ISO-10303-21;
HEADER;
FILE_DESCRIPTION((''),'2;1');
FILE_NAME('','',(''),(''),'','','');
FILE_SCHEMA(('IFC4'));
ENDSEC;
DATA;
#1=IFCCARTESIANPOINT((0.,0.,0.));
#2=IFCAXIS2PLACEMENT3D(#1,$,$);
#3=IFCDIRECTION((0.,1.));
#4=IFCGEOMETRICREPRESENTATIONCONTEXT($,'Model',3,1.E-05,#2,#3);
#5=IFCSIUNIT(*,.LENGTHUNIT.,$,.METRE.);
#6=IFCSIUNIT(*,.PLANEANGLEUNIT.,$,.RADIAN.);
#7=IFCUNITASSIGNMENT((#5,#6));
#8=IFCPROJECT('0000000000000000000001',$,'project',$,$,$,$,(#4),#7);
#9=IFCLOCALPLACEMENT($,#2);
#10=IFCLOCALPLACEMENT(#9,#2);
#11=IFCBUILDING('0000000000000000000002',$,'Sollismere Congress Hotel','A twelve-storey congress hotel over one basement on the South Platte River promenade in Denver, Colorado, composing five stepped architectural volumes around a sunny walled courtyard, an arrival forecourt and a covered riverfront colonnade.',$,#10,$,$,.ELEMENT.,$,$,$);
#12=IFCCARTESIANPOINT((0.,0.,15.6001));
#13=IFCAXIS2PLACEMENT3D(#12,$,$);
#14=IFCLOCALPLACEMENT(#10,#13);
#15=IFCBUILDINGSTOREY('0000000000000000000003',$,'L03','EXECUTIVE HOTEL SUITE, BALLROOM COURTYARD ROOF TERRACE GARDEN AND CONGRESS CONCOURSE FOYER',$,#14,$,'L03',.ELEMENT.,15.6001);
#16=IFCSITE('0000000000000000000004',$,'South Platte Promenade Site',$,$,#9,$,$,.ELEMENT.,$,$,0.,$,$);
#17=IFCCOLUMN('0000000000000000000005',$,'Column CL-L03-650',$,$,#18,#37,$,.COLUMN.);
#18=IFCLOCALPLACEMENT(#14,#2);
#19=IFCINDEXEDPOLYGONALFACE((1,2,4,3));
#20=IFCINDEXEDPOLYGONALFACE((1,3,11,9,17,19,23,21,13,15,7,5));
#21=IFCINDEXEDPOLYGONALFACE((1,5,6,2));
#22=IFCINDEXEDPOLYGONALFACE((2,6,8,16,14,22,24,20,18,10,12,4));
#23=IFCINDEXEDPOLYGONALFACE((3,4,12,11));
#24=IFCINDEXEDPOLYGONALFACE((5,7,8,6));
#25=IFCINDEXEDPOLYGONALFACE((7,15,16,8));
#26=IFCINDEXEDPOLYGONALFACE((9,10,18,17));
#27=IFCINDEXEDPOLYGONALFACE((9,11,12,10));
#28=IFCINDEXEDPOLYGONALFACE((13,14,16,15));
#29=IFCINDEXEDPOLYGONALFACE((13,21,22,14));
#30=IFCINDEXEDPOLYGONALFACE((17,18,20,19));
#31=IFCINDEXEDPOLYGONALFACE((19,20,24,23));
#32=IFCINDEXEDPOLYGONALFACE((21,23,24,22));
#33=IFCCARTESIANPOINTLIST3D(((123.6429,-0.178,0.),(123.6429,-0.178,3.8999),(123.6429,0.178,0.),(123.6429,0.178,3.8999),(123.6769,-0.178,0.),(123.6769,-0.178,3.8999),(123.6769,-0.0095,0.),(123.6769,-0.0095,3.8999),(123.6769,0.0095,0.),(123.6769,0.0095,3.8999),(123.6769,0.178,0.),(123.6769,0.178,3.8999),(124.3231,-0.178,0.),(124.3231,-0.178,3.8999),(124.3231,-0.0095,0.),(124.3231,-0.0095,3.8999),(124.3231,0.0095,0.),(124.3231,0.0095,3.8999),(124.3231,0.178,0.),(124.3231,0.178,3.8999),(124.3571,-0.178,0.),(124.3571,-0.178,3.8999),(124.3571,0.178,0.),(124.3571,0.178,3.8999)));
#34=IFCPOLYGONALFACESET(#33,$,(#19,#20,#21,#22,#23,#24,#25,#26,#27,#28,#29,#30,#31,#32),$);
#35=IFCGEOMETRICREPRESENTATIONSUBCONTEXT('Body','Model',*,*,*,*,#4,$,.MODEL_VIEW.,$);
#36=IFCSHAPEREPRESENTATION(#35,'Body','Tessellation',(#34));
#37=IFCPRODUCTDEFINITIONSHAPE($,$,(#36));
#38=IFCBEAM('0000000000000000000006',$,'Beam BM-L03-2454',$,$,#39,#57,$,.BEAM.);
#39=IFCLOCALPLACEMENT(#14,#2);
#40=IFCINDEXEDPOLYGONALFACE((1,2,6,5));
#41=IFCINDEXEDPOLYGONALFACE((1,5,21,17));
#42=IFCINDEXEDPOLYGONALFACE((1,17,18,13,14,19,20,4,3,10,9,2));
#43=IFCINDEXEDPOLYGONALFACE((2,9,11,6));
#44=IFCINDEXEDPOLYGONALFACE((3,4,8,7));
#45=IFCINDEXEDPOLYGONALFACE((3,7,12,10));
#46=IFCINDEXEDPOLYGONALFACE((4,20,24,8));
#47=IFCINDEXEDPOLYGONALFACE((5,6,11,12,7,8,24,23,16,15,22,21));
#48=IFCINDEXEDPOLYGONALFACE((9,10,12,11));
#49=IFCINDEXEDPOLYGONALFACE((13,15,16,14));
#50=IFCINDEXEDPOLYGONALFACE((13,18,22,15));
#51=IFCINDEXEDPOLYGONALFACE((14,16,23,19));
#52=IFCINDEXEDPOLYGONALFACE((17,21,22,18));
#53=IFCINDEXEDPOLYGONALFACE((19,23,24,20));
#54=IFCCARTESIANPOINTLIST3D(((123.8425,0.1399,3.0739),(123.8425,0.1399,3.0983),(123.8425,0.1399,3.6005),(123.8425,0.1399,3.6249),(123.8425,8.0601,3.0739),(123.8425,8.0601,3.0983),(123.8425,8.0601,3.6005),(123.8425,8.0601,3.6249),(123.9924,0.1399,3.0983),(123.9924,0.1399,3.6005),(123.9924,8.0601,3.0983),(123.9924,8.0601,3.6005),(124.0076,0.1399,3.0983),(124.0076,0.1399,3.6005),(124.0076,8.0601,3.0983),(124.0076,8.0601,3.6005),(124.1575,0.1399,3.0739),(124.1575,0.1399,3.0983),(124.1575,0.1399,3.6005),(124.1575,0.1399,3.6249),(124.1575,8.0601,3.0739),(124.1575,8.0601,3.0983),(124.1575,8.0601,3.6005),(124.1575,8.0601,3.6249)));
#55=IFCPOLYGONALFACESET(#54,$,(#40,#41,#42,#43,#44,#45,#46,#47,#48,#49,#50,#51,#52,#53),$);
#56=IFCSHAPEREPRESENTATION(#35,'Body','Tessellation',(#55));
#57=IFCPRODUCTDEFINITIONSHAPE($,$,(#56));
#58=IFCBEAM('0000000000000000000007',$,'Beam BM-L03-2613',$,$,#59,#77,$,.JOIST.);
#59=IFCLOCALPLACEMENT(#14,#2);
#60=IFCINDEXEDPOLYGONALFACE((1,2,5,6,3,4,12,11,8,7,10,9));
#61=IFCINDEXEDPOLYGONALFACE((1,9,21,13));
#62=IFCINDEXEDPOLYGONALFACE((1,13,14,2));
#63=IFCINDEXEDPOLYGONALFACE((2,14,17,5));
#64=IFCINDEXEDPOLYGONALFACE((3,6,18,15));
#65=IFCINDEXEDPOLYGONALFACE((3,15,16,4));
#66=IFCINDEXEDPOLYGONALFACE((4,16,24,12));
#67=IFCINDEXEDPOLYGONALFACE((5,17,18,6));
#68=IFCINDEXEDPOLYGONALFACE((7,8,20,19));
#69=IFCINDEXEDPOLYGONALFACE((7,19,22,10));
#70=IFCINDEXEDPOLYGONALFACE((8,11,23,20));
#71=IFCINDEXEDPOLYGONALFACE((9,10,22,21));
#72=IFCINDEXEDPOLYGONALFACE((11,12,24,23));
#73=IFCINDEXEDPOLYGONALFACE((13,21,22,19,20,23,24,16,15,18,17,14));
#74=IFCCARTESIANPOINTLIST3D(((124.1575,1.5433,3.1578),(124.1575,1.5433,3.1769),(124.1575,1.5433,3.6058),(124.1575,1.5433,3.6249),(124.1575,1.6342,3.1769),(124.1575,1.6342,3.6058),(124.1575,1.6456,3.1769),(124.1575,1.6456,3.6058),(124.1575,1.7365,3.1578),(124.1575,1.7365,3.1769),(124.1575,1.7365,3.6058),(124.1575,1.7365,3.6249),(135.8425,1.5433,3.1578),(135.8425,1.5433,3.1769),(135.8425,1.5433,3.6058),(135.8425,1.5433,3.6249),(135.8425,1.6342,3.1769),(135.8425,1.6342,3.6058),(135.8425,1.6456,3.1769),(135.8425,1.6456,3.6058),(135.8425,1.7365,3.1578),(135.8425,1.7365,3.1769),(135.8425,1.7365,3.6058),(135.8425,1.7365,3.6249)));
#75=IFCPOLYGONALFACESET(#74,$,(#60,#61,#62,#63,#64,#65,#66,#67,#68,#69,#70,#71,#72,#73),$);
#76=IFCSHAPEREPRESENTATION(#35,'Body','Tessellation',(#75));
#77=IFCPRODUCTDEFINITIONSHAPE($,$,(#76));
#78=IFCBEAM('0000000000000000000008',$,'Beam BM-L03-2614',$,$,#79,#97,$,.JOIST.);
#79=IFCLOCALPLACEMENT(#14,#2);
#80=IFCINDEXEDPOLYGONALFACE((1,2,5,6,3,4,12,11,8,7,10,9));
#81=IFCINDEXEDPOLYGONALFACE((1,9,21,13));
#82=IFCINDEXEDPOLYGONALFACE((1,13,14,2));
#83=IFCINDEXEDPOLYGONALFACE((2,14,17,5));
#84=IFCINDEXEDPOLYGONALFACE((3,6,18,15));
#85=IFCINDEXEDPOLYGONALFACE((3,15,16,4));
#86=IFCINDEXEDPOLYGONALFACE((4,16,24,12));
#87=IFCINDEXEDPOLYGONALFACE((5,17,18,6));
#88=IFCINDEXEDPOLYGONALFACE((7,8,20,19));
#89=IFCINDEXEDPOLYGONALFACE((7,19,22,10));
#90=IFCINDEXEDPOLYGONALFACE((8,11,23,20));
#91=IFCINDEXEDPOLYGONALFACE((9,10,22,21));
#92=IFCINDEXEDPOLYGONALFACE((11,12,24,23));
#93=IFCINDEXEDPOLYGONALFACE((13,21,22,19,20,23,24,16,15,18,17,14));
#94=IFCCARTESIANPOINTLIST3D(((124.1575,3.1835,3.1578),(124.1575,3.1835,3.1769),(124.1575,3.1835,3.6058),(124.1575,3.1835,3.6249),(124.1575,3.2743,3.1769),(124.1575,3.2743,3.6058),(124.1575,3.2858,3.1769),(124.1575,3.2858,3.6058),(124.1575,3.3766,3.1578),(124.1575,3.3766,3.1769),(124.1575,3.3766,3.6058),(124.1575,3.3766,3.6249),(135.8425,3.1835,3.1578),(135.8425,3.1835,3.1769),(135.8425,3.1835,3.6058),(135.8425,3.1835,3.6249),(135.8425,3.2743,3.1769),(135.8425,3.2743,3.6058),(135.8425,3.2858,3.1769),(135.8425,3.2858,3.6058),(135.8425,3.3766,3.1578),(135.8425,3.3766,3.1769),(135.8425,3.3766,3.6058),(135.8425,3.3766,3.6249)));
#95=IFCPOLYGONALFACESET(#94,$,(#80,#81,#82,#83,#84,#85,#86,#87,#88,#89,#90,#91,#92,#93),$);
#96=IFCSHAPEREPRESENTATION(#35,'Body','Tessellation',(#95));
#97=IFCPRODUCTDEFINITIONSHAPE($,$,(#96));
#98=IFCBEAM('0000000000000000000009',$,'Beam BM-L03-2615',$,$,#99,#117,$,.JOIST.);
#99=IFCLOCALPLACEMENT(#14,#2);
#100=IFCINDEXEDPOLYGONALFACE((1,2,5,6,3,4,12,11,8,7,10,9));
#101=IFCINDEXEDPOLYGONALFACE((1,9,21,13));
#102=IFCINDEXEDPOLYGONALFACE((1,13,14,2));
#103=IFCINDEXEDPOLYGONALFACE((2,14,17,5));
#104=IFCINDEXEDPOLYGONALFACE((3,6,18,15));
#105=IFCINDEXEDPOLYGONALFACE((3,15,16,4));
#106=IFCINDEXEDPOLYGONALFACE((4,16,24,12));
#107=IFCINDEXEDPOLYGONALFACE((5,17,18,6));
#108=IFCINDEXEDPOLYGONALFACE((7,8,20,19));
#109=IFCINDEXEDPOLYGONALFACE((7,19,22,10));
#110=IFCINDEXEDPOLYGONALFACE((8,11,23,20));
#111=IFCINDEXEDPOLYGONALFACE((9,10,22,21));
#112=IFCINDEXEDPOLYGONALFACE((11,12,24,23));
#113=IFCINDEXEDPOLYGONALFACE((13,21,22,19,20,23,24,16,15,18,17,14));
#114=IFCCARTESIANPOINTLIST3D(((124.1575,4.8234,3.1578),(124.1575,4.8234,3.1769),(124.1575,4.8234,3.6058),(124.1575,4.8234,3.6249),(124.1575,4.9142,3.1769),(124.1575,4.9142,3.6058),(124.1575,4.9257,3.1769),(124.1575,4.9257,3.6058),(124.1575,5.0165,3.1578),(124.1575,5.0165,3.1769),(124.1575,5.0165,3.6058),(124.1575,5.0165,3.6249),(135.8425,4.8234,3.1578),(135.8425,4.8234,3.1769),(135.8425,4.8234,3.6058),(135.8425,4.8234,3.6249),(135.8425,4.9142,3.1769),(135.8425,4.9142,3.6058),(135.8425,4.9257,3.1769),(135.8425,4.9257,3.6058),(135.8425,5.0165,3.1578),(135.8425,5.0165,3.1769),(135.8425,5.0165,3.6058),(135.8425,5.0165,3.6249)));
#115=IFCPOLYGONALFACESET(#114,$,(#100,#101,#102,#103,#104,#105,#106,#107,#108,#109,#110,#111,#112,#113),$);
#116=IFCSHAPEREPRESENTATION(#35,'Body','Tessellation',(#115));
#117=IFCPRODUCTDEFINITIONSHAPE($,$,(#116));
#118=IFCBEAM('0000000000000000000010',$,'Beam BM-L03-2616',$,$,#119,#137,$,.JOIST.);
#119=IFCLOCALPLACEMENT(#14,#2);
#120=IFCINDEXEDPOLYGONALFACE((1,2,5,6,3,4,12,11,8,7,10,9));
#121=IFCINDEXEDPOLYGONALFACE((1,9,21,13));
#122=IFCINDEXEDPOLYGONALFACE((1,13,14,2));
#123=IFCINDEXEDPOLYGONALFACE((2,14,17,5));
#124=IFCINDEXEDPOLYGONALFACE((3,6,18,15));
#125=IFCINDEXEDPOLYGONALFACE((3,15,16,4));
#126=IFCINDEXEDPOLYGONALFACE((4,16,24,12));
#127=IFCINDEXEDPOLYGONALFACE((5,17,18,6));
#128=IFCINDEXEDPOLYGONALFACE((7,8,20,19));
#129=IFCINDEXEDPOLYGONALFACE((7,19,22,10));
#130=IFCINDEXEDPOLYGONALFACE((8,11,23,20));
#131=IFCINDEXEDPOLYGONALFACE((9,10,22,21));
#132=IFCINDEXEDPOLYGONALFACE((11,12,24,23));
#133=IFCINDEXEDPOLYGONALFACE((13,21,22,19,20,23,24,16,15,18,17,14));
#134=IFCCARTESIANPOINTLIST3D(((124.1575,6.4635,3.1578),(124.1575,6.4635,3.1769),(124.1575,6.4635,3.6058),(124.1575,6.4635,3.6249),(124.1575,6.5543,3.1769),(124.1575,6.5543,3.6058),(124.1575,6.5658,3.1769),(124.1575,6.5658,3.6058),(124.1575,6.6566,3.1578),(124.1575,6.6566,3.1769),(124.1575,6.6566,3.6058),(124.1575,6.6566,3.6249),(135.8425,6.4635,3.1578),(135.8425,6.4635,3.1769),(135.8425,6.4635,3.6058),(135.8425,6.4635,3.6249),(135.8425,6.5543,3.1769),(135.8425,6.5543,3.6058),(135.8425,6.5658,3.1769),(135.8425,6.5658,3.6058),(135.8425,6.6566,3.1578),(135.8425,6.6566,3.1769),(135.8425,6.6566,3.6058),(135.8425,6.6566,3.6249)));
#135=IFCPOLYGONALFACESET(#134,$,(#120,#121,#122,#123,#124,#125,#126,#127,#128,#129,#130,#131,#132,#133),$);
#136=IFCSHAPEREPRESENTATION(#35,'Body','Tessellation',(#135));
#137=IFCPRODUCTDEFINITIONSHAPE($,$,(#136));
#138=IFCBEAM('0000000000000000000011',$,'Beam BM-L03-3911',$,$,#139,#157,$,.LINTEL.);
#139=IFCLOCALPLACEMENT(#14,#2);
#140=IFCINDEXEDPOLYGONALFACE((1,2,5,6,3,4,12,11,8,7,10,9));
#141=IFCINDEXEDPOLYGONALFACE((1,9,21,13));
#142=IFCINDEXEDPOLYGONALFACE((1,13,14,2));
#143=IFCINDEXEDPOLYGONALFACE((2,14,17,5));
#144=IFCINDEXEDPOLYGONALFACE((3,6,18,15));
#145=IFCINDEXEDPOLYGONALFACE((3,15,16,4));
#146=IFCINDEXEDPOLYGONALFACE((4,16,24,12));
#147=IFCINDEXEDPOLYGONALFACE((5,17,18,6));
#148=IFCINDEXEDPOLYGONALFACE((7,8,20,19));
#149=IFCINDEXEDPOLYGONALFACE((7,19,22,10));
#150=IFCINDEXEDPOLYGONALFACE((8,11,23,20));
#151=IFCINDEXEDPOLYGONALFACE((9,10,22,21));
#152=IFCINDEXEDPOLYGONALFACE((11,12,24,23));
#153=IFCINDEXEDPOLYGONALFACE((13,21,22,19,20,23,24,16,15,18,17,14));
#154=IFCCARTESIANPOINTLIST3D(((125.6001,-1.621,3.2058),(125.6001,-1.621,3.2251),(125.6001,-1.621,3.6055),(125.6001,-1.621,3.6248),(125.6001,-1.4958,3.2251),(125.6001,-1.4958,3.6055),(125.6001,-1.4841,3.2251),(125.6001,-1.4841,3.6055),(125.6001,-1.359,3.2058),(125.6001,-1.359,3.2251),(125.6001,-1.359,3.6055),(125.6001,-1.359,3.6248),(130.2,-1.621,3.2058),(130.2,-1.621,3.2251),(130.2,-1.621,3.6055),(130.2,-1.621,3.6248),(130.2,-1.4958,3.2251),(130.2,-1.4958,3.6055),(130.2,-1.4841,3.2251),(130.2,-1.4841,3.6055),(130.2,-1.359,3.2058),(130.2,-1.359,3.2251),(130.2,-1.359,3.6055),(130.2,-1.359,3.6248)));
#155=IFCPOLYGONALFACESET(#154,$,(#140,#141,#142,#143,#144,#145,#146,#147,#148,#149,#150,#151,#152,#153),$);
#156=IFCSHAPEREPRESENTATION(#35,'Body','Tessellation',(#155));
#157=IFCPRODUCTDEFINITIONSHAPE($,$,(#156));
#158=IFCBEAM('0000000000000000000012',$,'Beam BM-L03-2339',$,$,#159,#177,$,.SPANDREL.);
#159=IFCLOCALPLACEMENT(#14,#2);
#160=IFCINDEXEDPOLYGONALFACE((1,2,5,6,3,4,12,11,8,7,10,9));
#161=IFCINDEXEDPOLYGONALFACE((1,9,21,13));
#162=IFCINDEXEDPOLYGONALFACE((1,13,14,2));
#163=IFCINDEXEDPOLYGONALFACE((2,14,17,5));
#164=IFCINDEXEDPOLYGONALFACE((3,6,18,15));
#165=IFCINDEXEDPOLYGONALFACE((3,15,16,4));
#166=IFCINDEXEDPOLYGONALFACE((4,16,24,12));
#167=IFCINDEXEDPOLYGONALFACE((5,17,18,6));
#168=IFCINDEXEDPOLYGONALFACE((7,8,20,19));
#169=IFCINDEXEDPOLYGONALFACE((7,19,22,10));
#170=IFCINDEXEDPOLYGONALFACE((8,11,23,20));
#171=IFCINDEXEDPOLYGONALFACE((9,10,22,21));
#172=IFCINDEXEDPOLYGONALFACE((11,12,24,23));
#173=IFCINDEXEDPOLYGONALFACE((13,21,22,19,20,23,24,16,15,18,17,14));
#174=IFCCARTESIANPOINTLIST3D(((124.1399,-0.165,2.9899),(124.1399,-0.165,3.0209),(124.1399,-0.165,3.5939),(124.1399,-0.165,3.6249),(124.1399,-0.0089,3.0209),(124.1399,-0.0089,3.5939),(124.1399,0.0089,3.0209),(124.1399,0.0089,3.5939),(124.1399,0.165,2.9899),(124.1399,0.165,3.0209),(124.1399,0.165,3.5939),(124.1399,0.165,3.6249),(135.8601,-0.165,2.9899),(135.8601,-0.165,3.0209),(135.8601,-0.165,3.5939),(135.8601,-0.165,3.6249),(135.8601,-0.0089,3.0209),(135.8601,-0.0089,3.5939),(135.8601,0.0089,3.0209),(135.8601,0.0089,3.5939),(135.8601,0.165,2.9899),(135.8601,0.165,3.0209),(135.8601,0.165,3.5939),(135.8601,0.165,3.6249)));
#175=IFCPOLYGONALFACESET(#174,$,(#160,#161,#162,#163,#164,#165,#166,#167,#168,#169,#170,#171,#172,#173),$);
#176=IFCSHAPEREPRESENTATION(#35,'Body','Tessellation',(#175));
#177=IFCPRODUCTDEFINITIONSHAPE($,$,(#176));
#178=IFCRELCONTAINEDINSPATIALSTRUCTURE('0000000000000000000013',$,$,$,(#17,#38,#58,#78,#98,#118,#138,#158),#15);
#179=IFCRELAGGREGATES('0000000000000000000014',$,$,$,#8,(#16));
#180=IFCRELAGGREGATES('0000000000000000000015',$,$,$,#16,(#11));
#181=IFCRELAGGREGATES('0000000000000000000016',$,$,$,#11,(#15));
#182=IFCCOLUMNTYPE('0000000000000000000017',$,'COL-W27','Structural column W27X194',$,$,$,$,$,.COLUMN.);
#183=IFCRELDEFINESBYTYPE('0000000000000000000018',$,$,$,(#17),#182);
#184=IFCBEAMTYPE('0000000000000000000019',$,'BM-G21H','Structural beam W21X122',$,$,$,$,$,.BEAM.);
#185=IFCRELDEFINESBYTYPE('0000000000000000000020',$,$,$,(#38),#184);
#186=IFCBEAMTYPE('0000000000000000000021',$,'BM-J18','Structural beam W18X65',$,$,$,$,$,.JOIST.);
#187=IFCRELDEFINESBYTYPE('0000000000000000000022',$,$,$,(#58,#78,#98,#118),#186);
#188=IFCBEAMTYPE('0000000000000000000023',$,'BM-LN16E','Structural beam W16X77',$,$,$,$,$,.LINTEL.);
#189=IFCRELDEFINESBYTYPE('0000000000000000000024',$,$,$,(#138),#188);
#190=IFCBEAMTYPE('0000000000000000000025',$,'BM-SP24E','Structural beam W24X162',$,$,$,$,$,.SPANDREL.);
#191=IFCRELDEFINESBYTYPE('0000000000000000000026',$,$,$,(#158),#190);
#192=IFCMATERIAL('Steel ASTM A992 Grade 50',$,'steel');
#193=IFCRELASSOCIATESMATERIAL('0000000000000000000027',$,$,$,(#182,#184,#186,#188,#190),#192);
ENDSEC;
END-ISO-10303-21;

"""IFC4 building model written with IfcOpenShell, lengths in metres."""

from ifc_helpers import new_model, si_unit, direction, frame, origin, origin_2d, place, context, subcontext, project, spatial, i_section, extrude, material, material_profile, profile_set, type_object, element, save


model = new_model("IFC4")

# Units and contexts
model_context = context("Model", 3, precision=1e-05, world=origin(), true_north=direction((0.0, 1.0)))
body_context = subcontext(model_context, "Body", "Model", "MODEL_VIEW")
ifc_project = project(units=[si_unit("LENGTHUNIT", "METRE"), si_unit("PLANEANGLEUNIT", "RADIAN")], contexts=[model_context])

# Site, building, storey
site_placement = place(None, origin())
site = spatial("IfcSite", under=ifc_project, at=site_placement, Name="South Platte Promenade Site", CompositionType="ELEMENT", RefElevation=0.0)
building_placement = place(site_placement, origin())
building = spatial("IfcBuilding", under=site, at=building_placement, Name="Sollismere Congress Hotel", Description="A twelve-storey congress hotel over one basement on the South Platte River promenade in Denver, Colorado, composing five stepped architectural volumes around a sunny walled courtyard, an arrival forecourt and a covered riverfront colonnade.", CompositionType="ELEMENT")
storey_placement = place(building_placement, frame((0.0, 0.0, 15.6001)))
storey = spatial("IfcBuildingStorey", under=building, at=storey_placement, Name="L03", Description="EXECUTIVE HOTEL SUITE, BALLROOM COURTYARD ROOF TERRACE GARDEN AND CONGRESS CONCOURSE FOYER", LongName="L03", CompositionType="ELEMENT", Elevation=15.6001)

# Column
ifc_material_1 = material(Name="Steel ASTM A992 Grade 50", Category="steel")
ifc_material_profile_1 = material_profile(ifc_material_1, i_section(OverallWidth=0.356, OverallDepth=0.7141, WebThickness=0.019, FlangeThickness=0.0339, at=origin_2d()), Name="W27X194")
ifc_profile_set_1 = profile_set([ifc_material_profile_1], Name="Steel ASTM A992 Grade 50")
column_type = type_object("IfcColumnType", Name="COL-W27", Description="Structural column W27X194", PredefinedType="COLUMN", material=ifc_profile_set_1)
column_placement = place(storey_placement, frame((124.0, 0.0, 0.0), z_axis=(0.0, 0.0, 1.0), x_axis=(0.0, 1.0, 0.0)))
element("IfcColumn", 1, at=column_placement, inside=storey, type_object=column_type, Name="Column CL-L03-650", PredefinedType="COLUMN", context=body_context, shape_type="SweptSolid", body=[
    extrude(i_section(OverallWidth=0.356, OverallDepth=0.7141, WebThickness=0.019, FlangeThickness=0.0339, at=origin_2d()), origin(), (0.0, 0.0, 1.0), 3.8999),
])

# Beams
ifc_material_profile_2 = material_profile(ifc_material_1, i_section(OverallWidth=0.3149, OverallDepth=0.551, WebThickness=0.0151, FlangeThickness=0.0244, at=origin_2d()), Name="W21X122")
ifc_profile_set_2 = profile_set([ifc_material_profile_2], Name="Steel ASTM A992 Grade 50")
beam_type_1 = type_object("IfcBeamType", Name="BM-G21H", Description="Structural beam W21X122", PredefinedType="BEAM", material=ifc_profile_set_2)
beam_1_placement = place(storey_placement, frame((124.0, 0.1399, 3.3494), z_axis=(0.0, 1.0, 0.0), x_axis=(-1.0, 0.0, 0.0)))
element("IfcBeam", 2, at=beam_1_placement, inside=storey, type_object=beam_type_1, Name="Beam BM-L03-2454", PredefinedType="BEAM", context=body_context, shape_type="SweptSolid", body=[
    extrude(i_section(OverallWidth=0.3149, OverallDepth=0.551, WebThickness=0.0151, FlangeThickness=0.0244, at=origin_2d()), origin(), (0.0, 0.0, 1.0), 7.9202),
])
ifc_material_profile_3 = material_profile(ifc_material_1, i_section(OverallWidth=0.1931, OverallDepth=0.467, WebThickness=0.0115, FlangeThickness=0.019, at=origin_2d()), Name="W18X65")
ifc_profile_set_3 = profile_set([ifc_material_profile_3], Name="Steel ASTM A992 Grade 50")
beam_type_2 = type_object("IfcBeamType", Name="BM-J18", Description="Structural beam W18X65", PredefinedType="JOIST", material=ifc_profile_set_3)
for number, where, z_axis, x_axis, name in (
    (3, (124.1575, 1.6399, 3.3914), (1.0, 0.0, 0.0), (0.0, 1.0, 0.0), "Beam BM-L03-2613"),
    (4, (124.1575, 3.28, 3.3914), (1.0, 0.0, 0.0), (0.0, 1.0, 0.0), "Beam BM-L03-2614"),
    (5, (124.1575, 4.9199, 3.3914), (1.0, 0.0, 0.0), (0.0, 1.0, 0.0), "Beam BM-L03-2615"),
    (6, (124.1575, 6.5601, 3.3914), (1.0, 0.0, 0.0), (0.0, 1.0, 0.0), "Beam BM-L03-2616"),
):
    element("IfcBeam", number, at=place(storey_placement, frame(where, z_axis=z_axis, x_axis=x_axis)), inside=storey, type_object=beam_type_2, Name=name, PredefinedType="JOIST", context=body_context, shape_type="SweptSolid", body=[
        extrude(i_section(OverallWidth=0.1931, OverallDepth=0.467, WebThickness=0.0115, FlangeThickness=0.019, at=origin_2d()), origin(), (0.0, 0.0, 1.0), 11.6851),
    ])
ifc_material_profile_4 = material_profile(ifc_material_1, i_section(OverallWidth=0.262, OverallDepth=0.4189, WebThickness=0.0117, FlangeThickness=0.0193, at=origin_2d()), Name="W16X77")
ifc_profile_set_4 = profile_set([ifc_material_profile_4], Name="Steel ASTM A992 Grade 50")
beam_type_3 = type_object("IfcBeamType", Name="BM-LN16E", Description="Structural beam W16X77", PredefinedType="LINTEL", material=ifc_profile_set_4)
beam_2_placement = place(storey_placement, frame((125.6001, -1.49, 3.4153), z_axis=(1.0, 0.0, 0.0), x_axis=(0.0, 1.0, 0.0)))
element("IfcBeam", 7, at=beam_2_placement, inside=storey, type_object=beam_type_3, Name="Beam BM-L03-3911", PredefinedType="LINTEL", context=body_context, shape_type="SweptSolid", body=[
    extrude(i_section(OverallWidth=0.262, OverallDepth=0.4189, WebThickness=0.0117, FlangeThickness=0.0193, at=origin_2d()), origin(), (0.0, 0.0, 1.0), 4.5999),
])
ifc_material_profile_5 = material_profile(ifc_material_1, i_section(OverallWidth=0.3301, OverallDepth=0.635, WebThickness=0.0178, FlangeThickness=0.031, at=origin_2d()), Name="W24X162")
ifc_profile_set_5 = profile_set([ifc_material_profile_5], Name="Steel ASTM A992 Grade 50")
beam_type_4 = type_object("IfcBeamType", Name="BM-SP24E", Description="Structural beam W24X162", PredefinedType="SPANDREL", material=ifc_profile_set_5)
beam_3_placement = place(storey_placement, frame((124.1399, 0.0, 3.3074), z_axis=(1.0, 0.0, 0.0), x_axis=(0.0, 1.0, 0.0)))
element("IfcBeam", 8, at=beam_3_placement, inside=storey, type_object=beam_type_4, Name="Beam BM-L03-2339", PredefinedType="SPANDREL", context=body_context, shape_type="SweptSolid", body=[
    extrude(i_section(OverallWidth=0.3301, OverallDepth=0.635, WebThickness=0.0178, FlangeThickness=0.031, at=origin_2d()), origin(), (0.0, 0.0, 1.0), 11.7202),
])

save(model, "model.ifc")
